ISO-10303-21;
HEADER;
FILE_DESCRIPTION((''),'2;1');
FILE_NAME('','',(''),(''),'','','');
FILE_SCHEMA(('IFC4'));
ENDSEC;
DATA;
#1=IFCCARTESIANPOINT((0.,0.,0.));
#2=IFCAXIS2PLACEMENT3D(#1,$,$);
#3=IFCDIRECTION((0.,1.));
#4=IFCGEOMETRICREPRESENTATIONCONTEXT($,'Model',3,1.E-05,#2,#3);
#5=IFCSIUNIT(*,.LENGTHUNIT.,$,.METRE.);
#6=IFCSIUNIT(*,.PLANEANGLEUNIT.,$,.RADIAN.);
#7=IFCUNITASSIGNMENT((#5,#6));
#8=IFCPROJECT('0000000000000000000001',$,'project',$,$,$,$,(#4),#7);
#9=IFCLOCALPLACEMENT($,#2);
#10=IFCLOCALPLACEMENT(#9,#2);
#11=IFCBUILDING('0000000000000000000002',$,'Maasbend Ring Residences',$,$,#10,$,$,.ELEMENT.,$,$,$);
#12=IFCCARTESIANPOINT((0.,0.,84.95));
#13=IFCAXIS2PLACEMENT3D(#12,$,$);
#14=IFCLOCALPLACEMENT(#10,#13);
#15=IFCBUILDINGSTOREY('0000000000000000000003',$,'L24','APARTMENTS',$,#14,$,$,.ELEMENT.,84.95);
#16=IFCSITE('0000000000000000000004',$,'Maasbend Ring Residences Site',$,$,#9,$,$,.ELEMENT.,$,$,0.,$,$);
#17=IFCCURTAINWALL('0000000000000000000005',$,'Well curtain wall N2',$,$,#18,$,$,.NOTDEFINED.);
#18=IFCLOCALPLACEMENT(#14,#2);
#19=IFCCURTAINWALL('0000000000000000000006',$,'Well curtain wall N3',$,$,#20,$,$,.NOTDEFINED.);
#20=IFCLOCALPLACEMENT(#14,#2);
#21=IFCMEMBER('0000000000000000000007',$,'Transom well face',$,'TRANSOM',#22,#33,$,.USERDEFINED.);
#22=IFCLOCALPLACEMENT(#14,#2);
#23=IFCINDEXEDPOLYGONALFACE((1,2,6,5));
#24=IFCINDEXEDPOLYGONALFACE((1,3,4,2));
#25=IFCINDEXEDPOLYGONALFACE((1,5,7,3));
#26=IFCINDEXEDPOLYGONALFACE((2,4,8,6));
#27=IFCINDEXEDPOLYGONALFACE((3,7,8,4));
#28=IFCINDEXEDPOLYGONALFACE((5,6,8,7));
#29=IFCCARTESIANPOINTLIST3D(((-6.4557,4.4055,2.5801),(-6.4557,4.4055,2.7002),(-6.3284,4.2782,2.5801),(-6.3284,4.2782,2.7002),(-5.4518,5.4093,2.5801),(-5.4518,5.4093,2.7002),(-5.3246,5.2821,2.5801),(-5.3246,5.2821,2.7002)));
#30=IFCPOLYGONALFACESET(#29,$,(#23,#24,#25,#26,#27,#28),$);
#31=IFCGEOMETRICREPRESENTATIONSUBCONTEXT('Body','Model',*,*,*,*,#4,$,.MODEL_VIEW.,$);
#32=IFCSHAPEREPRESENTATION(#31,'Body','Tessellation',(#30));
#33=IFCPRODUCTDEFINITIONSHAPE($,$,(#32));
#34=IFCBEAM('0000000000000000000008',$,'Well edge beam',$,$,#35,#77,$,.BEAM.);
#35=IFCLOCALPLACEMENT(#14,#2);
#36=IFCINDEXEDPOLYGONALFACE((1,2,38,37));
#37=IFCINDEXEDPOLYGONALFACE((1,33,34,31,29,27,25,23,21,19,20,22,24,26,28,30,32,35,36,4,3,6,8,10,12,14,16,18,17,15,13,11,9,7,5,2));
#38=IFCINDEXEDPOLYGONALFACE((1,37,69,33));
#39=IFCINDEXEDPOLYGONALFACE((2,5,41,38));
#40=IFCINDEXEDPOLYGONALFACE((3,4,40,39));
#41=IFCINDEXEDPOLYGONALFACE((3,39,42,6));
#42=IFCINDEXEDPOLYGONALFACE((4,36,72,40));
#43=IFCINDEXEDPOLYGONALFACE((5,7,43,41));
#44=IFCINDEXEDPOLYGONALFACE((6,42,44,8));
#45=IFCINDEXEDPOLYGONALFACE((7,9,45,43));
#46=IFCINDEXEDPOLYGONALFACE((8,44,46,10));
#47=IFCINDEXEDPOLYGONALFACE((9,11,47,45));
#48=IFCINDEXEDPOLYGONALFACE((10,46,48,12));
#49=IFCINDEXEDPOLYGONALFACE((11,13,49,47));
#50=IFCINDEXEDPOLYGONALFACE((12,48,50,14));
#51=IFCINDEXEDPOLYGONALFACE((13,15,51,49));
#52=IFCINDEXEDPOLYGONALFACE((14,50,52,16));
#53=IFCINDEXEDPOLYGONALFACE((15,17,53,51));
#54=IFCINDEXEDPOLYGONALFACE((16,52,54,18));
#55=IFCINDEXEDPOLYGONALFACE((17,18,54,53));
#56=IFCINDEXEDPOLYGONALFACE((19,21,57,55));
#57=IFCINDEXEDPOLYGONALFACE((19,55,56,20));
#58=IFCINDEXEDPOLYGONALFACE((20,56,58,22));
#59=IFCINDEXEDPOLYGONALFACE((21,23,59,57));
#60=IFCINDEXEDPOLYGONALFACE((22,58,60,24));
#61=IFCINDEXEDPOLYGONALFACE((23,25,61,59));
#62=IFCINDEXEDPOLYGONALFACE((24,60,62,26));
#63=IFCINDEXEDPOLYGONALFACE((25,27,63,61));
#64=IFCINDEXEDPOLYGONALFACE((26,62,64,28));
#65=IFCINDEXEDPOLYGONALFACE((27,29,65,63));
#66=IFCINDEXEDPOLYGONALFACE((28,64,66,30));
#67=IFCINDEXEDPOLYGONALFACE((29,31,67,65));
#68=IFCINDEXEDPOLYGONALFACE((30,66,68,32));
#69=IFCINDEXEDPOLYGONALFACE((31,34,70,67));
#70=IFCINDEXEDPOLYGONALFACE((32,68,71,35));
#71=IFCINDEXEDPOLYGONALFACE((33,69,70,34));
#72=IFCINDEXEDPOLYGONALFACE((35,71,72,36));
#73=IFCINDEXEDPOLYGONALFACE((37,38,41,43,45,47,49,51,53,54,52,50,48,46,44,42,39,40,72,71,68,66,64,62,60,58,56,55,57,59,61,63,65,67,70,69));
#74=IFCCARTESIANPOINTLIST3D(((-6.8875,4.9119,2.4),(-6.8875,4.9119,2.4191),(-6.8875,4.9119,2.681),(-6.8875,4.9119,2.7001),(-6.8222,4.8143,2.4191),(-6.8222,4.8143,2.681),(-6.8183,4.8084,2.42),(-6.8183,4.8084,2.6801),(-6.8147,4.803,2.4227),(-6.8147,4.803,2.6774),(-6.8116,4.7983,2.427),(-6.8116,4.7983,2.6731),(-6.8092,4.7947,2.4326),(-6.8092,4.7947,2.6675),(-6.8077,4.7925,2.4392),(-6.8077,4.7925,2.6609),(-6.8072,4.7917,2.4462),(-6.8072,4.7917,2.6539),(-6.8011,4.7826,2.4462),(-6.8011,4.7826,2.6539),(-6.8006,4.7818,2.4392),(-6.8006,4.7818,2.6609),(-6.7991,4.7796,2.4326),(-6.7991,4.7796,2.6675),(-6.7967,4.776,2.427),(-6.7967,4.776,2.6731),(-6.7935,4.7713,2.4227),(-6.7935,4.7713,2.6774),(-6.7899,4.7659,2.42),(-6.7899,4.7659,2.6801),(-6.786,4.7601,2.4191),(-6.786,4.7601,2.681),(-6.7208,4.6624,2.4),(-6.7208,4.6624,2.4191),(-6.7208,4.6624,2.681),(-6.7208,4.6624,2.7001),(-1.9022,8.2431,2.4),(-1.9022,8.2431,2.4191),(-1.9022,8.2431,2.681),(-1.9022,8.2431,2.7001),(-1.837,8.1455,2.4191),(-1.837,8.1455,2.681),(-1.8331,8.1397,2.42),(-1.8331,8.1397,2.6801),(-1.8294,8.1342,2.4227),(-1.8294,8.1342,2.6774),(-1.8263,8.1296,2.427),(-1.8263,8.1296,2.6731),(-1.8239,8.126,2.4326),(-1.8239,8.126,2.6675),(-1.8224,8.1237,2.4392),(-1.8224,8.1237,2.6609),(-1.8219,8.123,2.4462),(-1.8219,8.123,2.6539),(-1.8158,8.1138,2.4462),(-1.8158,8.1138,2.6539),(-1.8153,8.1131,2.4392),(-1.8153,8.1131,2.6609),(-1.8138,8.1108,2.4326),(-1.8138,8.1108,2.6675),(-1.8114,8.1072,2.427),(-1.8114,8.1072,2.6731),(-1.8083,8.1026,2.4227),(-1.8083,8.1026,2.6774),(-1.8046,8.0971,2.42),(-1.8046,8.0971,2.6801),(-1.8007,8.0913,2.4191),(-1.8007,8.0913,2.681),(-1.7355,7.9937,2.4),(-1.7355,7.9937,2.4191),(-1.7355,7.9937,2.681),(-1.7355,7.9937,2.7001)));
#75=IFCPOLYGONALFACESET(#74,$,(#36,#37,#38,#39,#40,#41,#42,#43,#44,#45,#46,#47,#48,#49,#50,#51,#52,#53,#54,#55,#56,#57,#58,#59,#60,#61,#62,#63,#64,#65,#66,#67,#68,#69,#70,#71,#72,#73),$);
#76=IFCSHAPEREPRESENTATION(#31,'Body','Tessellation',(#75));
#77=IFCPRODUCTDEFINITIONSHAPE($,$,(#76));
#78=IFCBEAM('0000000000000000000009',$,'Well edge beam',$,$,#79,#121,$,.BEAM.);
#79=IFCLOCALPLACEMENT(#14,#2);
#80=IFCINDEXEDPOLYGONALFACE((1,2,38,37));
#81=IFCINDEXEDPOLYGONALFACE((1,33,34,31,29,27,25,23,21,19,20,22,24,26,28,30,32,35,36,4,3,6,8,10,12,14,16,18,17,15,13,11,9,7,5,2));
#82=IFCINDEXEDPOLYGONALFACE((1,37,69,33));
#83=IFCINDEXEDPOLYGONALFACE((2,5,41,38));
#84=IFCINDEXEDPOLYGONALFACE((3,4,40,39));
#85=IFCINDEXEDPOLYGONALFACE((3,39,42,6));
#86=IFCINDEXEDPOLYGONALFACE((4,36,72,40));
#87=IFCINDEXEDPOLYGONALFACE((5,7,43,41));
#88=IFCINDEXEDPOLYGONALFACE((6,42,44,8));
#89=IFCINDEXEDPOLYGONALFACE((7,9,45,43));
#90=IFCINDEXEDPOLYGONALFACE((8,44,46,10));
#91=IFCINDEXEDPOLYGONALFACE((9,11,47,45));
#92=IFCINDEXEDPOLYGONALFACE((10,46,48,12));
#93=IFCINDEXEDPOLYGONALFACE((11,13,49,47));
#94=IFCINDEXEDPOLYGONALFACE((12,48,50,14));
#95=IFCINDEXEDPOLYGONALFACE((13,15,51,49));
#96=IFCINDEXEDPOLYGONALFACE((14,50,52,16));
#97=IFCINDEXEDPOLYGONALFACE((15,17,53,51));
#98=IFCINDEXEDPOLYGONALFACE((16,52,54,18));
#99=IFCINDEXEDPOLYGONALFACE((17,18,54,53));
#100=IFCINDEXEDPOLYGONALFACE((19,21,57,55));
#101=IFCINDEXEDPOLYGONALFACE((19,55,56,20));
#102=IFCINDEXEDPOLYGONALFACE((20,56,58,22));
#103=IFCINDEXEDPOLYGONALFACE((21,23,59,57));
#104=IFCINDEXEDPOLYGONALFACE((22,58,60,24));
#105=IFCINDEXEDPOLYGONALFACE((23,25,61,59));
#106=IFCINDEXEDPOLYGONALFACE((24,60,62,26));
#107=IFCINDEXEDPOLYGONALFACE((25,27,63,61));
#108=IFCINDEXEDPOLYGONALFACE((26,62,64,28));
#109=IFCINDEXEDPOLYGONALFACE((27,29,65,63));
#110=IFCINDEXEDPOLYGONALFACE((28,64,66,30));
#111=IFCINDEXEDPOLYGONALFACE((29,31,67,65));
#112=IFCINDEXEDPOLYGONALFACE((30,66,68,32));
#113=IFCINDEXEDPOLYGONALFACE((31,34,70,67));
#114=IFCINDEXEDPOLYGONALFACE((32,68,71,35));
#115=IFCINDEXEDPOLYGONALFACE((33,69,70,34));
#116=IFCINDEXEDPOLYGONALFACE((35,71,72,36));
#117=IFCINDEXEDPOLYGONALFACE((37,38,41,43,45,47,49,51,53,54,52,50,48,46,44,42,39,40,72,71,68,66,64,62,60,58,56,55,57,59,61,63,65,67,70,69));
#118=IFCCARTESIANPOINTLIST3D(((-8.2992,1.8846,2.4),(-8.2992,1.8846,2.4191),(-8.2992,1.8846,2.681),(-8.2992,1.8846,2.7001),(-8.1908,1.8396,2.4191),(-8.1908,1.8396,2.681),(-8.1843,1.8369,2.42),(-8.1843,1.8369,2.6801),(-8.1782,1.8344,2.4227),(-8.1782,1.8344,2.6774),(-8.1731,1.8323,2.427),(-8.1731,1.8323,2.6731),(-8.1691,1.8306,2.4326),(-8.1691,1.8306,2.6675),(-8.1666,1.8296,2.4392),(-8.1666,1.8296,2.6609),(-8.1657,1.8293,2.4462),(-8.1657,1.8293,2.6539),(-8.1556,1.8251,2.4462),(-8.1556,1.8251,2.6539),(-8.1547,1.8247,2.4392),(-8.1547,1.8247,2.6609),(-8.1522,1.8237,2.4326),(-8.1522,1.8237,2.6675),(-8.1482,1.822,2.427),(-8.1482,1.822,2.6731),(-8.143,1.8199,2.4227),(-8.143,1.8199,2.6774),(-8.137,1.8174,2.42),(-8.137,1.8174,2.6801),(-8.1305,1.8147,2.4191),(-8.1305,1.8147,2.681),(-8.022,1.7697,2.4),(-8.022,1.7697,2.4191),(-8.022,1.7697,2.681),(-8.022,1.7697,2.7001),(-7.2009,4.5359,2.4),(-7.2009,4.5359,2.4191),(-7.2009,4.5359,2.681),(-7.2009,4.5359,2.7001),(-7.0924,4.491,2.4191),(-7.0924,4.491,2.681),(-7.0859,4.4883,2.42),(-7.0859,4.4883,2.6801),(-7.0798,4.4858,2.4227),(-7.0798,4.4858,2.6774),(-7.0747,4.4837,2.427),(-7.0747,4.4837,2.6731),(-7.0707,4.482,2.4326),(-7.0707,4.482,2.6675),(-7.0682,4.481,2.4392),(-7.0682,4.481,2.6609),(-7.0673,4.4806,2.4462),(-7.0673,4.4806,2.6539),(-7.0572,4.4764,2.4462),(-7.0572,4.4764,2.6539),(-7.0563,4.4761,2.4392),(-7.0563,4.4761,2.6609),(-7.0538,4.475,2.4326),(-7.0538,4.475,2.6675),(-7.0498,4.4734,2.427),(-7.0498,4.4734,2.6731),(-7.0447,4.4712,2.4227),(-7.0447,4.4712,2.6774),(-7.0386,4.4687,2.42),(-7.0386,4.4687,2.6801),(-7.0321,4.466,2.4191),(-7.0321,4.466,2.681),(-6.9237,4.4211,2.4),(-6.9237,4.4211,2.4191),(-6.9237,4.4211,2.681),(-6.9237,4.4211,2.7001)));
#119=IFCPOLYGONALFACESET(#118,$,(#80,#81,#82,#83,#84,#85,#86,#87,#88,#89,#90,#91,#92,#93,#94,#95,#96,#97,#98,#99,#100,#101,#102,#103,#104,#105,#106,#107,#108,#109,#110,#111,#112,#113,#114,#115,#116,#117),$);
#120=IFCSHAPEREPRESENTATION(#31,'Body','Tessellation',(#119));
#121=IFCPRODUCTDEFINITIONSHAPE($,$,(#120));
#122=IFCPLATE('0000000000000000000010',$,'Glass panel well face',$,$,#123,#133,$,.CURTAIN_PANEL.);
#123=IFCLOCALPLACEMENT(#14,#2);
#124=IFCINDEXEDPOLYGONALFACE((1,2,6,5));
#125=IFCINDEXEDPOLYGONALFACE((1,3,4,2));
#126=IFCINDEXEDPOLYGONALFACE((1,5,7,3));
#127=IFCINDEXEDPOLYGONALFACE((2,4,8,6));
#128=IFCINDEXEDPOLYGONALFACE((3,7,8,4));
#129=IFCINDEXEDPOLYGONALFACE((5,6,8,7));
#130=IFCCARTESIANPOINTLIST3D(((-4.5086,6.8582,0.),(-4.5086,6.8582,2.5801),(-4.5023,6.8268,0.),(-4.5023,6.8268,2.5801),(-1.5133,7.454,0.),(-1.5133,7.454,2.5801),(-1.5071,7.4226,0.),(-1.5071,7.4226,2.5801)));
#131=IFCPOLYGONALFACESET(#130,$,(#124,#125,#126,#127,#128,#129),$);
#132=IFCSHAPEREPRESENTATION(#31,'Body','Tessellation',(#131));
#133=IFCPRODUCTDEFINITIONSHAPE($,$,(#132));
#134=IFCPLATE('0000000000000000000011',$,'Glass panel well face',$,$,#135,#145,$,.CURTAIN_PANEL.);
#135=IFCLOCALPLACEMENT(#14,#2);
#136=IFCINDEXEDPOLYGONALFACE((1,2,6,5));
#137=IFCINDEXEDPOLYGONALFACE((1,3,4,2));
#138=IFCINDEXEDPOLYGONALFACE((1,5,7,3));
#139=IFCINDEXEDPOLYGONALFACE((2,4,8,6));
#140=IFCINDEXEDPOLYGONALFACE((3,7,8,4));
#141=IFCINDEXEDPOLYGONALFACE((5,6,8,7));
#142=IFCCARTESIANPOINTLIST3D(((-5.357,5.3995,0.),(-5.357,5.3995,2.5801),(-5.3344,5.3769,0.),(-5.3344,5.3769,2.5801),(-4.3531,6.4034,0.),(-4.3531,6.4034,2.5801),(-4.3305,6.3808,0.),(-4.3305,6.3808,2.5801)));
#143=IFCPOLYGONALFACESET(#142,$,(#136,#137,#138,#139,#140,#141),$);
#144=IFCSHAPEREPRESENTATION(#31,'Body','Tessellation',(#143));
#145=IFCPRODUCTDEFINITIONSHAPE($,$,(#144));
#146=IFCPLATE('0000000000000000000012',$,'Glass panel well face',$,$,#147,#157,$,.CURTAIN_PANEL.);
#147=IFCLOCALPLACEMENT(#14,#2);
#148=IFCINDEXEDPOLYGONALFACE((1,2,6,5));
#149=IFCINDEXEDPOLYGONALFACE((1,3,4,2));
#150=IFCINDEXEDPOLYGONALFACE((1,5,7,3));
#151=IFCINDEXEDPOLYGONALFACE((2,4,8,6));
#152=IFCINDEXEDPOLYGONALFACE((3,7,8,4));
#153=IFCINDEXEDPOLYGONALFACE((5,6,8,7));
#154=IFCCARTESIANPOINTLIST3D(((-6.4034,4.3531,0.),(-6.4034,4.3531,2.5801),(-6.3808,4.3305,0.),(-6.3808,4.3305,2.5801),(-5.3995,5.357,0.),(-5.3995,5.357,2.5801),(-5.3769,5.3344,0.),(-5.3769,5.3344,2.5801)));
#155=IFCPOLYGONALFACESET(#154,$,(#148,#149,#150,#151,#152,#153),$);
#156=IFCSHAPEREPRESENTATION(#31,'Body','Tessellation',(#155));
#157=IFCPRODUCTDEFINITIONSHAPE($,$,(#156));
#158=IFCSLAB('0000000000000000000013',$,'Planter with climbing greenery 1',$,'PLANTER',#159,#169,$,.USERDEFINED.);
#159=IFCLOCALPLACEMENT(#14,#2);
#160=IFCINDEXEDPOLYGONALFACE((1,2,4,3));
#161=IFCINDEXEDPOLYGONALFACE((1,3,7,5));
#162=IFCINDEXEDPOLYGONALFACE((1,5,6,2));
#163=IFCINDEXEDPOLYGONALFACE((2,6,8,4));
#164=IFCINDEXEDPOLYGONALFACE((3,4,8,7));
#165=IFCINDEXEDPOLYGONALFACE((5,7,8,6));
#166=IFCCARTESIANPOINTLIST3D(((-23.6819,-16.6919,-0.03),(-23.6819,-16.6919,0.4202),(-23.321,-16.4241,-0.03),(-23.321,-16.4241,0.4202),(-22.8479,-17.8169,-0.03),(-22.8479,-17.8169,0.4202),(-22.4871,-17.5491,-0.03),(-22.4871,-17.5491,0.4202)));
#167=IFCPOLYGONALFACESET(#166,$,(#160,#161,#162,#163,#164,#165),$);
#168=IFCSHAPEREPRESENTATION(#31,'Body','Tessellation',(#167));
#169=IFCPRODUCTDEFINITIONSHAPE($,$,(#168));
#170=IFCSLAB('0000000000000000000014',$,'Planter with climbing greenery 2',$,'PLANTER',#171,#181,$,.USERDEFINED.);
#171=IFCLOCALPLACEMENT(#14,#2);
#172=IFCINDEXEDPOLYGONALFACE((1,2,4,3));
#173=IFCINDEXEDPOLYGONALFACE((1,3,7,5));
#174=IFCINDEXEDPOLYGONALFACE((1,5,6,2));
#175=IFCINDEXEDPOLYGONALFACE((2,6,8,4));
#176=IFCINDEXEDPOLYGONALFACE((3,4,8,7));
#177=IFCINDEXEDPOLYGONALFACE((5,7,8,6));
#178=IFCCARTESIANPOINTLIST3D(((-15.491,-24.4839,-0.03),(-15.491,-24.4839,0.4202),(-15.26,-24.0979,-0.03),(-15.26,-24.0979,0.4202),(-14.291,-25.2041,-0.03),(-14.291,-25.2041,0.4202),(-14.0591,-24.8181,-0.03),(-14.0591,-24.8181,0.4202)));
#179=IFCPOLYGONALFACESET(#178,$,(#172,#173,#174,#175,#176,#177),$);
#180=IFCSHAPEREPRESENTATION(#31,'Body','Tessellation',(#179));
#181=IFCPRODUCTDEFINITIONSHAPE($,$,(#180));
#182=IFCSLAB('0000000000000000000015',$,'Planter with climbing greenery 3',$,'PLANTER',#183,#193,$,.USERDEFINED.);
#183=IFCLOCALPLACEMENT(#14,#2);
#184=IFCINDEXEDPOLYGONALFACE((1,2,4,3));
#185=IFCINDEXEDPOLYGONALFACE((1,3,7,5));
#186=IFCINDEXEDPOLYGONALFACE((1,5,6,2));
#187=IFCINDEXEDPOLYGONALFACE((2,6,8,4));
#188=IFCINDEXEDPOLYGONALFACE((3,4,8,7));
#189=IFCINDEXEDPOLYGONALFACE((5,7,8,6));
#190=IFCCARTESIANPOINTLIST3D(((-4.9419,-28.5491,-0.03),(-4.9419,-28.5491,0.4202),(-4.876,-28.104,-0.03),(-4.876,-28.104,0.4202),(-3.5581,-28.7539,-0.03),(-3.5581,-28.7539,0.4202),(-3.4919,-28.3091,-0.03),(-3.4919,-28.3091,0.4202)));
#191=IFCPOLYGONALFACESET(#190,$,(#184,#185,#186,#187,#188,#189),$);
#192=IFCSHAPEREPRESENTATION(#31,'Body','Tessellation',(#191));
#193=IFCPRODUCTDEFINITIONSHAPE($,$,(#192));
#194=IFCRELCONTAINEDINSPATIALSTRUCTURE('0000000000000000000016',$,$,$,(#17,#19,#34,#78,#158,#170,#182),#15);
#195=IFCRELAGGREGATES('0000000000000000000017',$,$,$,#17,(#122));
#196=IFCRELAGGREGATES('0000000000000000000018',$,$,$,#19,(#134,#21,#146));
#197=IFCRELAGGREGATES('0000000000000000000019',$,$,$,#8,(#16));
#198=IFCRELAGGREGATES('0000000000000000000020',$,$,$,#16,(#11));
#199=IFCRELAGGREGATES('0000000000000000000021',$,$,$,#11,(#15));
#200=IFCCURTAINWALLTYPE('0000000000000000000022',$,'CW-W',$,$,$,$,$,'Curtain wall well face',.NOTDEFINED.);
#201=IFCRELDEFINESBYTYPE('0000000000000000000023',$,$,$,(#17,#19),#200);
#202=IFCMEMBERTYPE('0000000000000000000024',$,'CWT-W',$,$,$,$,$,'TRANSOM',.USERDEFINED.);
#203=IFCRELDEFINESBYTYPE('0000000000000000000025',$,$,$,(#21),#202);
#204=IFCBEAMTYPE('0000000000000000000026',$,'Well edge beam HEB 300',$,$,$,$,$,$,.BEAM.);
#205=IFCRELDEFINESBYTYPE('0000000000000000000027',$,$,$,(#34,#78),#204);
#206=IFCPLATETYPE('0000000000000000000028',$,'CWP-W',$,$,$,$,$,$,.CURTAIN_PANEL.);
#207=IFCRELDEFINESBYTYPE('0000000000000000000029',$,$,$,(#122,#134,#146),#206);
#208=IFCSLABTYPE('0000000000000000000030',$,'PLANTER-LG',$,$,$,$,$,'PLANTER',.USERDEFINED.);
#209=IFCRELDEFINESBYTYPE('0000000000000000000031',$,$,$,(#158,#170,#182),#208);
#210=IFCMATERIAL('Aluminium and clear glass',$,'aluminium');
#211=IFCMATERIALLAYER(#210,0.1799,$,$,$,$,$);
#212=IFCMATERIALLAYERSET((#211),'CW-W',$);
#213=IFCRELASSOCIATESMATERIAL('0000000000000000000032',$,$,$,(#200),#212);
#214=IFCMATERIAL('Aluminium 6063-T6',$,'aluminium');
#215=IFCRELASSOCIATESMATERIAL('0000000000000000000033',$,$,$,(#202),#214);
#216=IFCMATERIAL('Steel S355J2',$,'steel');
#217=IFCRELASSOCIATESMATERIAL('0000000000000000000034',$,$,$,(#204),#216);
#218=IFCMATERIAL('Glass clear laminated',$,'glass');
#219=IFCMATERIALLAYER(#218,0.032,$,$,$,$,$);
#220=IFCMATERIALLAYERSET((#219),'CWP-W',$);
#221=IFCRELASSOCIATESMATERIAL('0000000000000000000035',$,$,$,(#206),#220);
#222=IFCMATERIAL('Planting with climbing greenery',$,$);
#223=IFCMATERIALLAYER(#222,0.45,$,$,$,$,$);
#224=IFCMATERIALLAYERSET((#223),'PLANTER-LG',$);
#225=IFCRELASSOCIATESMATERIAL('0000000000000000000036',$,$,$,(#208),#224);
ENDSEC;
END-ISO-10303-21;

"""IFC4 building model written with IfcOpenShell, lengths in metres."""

from ifc_helpers import new_model, si_unit, direction, frame, origin, origin_2d, place, context, subcontext, project, spatial, polyline, rectangle, i_section, outline, extrude, material, layer, layer_set, material_profile, profile_set, type_object, element, aggregate, save


model = new_model("IFC4")

# Units and contexts
model_context = context("Model", 3, precision=1e-05, world=origin(), true_north=direction((0.0, 1.0)))
body_context = subcontext(model_context, "Body", "Model", "MODEL_VIEW")
ifc_project = project(units=[si_unit("LENGTHUNIT", "METRE"), si_unit("PLANEANGLEUNIT", "RADIAN")], contexts=[model_context])

# Site, building, storey
site_placement = place(None, origin())
site = spatial("IfcSite", under=ifc_project, at=site_placement, Name="Maasbend Ring Residences Site", CompositionType="ELEMENT", RefElevation=0.0)
building_placement = place(site_placement, origin())
building = spatial("IfcBuilding", under=site, at=building_placement, Name="Maasbend Ring Residences", CompositionType="ELEMENT")
storey_placement = place(building_placement, frame((0.0, 0.0, 84.95)))
storey = spatial("IfcBuildingStorey", under=building, at=storey_placement, Name="L24", Description="APARTMENTS", CompositionType="ELEMENT", Elevation=84.95)

# Curtain walls
ifc_material_1 = material(Name="Aluminium and clear glass", Category="aluminium")
ifc_layer_1 = layer(ifc_material_1, 0.1799)
ifc_layer_set_1 = layer_set([ifc_layer_1], Name="CW-W")
curtain_wall_type = type_object("IfcCurtainWallType", Name="CW-W", ElementType="Curtain wall well face", PredefinedType="NOTDEFINED", material=ifc_layer_set_1)
curtain_wall_1_placement = place(storey_placement, origin())
curtain_wall_1 = element("IfcCurtainWall", 1, at=curtain_wall_1_placement, inside=storey, type_object=curtain_wall_type, Name="Well curtain wall N2", PredefinedType="NOTDEFINED")
curtain_wall_2_placement = place(storey_placement, origin())
curtain_wall_2 = element("IfcCurtainWall", 2, at=curtain_wall_2_placement, inside=storey, type_object=curtain_wall_type, Name="Well curtain wall N3", PredefinedType="NOTDEFINED")

# Member
ifc_material_2 = material(Name="Aluminium 6063-T6", Category="aluminium")
ifc_material_profile_1 = material_profile(ifc_material_2, rectangle(XDim=0.1799, YDim=0.1201, at=origin_2d()), Name="AL 180x120")
ifc_profile_set_1 = profile_set([ifc_material_profile_1], Name="Aluminium 6063-T6")
member_type_1 = type_object("IfcMemberType", Name="CWT-W", ElementType="TRANSOM", PredefinedType="USERDEFINED", material=ifc_profile_set_1)
member_1_placement = place(storey_placement, frame((-5.3882, 5.3457, 2.6401), z_axis=(-0.707107, -0.707107, 0.0), x_axis=(0.707107, -0.707107, 0.0)))
member_1 = element("IfcMember", 3, at=member_1_placement, type_object=member_type_1, Name="Transom well face", ObjectType="TRANSOM", PredefinedType="USERDEFINED", context=body_context, shape_type="SweptSolid", body=[
    extrude(rectangle(XDim=0.1799, YDim=0.1201, at=origin_2d()), origin(), (0.0, 0.0, 1.0), 1.4197),
])

# Beams
ifc_material_3 = material(Name="Steel S355J2", Category="steel")
ifc_material_profile_2 = material_profile(ifc_material_3, i_section(OverallWidth=0.3, OverallDepth=0.3, WebThickness=0.011, FlangeThickness=0.019, FilletRadius=0.0271, at=origin_2d()), Name="HEB 300")
ifc_profile_set_2 = profile_set([ifc_material_profile_2], Name="Steel S355J2")
beam_type = type_object("IfcBeamType", Name="Well edge beam HEB 300", PredefinedType="BEAM", material=ifc_profile_set_2)
beam_1_placement = place(storey_placement, frame((-1.8188, 8.1184, 2.55), z_axis=(-0.831455, -0.555593, 0.0), x_axis=(0.555593, -0.831455, 0.0)))
element("IfcBeam", 4, at=beam_1_placement, inside=storey, type_object=beam_type, Name="Well edge beam", PredefinedType="BEAM", context=body_context, shape_type="SweptSolid", body=[
    extrude(i_section(OverallWidth=0.3, OverallDepth=0.3, WebThickness=0.011, FlangeThickness=0.019, FilletRadius=0.0271, at=origin_2d()), origin(), (0.0, 0.0, 1.0), 5.9958),
])
beam_2_placement = place(storey_placement, frame((-7.0623, 4.4785, 2.55), z_axis=(-0.38273, -0.92386, 0.0), x_axis=(0.92386, -0.38273, 0.0)))
element("IfcBeam", 5, at=beam_2_placement, inside=storey, type_object=beam_type, Name="Well edge beam", PredefinedType="BEAM", context=body_context, shape_type="SweptSolid", body=[
    extrude(i_section(OverallWidth=0.3, OverallDepth=0.3, WebThickness=0.011, FlangeThickness=0.019, FilletRadius=0.0271, at=origin_2d()), origin(), (0.0, 0.0, 1.0), 2.8699),
])

# Plates
ifc_material_4 = material(Name="Glass clear laminated", Category="glass")
ifc_layer_2 = layer(ifc_material_4, 0.032)
ifc_layer_set_2 = layer_set([ifc_layer_2], Name="CWP-W")
plate_type = type_object("IfcPlateType", Name="CWP-W", PredefinedType="CURTAIN_PANEL", material=ifc_layer_set_2)
plate_1_placement = place(storey_placement, frame((-3.0078, 7.1404, 0.0), z_axis=(0.0, 0.0, 1.0), x_axis=(-0.980785, -0.19509, 0.0)))
plate_1 = element("IfcPlate", 6, at=plate_1_placement, type_object=plate_type, Name="Glass panel well face", PredefinedType="CURTAIN_PANEL", context=body_context, shape_type="SweptSolid", body=[
    extrude(rectangle(XDim=3.054, YDim=0.032, at=origin_2d()), origin(), (0.0, 0.0, 1.0), 2.5801),
])
aggregate(curtain_wall_1, [plate_1])
plate_2_placement = place(storey_placement, frame((-4.8438, 5.8901, 0.0), z_axis=(0.0, 0.0, 1.0), x_axis=(-0.707107, -0.707107, 0.0)))
plate_2 = element("IfcPlate", 7, at=plate_2_placement, type_object=plate_type, Name="Glass panel well face", PredefinedType="CURTAIN_PANEL", context=body_context, shape_type="SweptSolid", body=[
    extrude(rectangle(XDim=1.4197, YDim=0.032, at=origin_2d()), origin(), (0.0, 0.0, 1.0), 2.5801),
])
plate_3_placement = place(storey_placement, frame((-5.8901, 4.8438, 0.0), z_axis=(0.0, 0.0, 1.0), x_axis=(-0.707107, -0.707107, 0.0)))
plate_3 = element("IfcPlate", 8, at=plate_3_placement, type_object=plate_type, Name="Glass panel well face", PredefinedType="CURTAIN_PANEL", context=body_context, shape_type="SweptSolid", body=[
    extrude(rectangle(XDim=1.4197, YDim=0.032, at=origin_2d()), origin(), (0.0, 0.0, 1.0), 2.5801),
])
aggregate(curtain_wall_2, [plate_2, member_1, plate_3])

# Slabs
ifc_material_5 = material(Name="Planting with climbing greenery")
ifc_layer_3 = layer(ifc_material_5, 0.45)
ifc_layer_set_3 = layer_set([ifc_layer_3], Name="PLANTER-LG")
slab_type_1 = type_object("IfcSlabType", Name="PLANTER-LG", ElementType="PLANTER", PredefinedType="USERDEFINED", material=ifc_layer_set_3)
slab_1_placement = place(storey_placement, frame((0.0, 0.0, -0.03)))
element("IfcSlab", 9, at=slab_1_placement, inside=storey, type_object=slab_type_1, Name="Planter with climbing greenery 1", ObjectType="PLANTER", PredefinedType="USERDEFINED", context=body_context, shape_type="SweptSolid", body=[
    extrude(outline(polyline([(-23.6819, -16.6919), (-22.8479, -17.8169), (-22.4871, -17.5491), (-23.321, -16.4241), (-23.6819, -16.6919)])), origin(), (0.0, 0.0, 1.0), 0.4502),
])
slab_2_placement = place(storey_placement, frame((0.0, 0.0, -0.03)))
element("IfcSlab", 10, at=slab_2_placement, inside=storey, type_object=slab_type_1, Name="Planter with climbing greenery 2", ObjectType="PLANTER", PredefinedType="USERDEFINED", context=body_context, shape_type="SweptSolid", body=[
    extrude(outline(polyline([(-15.491, -24.4839), (-14.291, -25.2041), (-14.0591, -24.8181), (-15.26, -24.0979), (-15.491, -24.4839)])), origin(), (0.0, 0.0, 1.0), 0.4502),
])
slab_3_placement = place(storey_placement, frame((0.0, 0.0, -0.03)))
element("IfcSlab", 11, at=slab_3_placement, inside=storey, type_object=slab_type_1, Name="Planter with climbing greenery 3", ObjectType="PLANTER", PredefinedType="USERDEFINED", context=body_context, shape_type="SweptSolid", body=[
    extrude(outline(polyline([(-4.9419, -28.5491), (-3.5581, -28.7539), (-3.4919, -28.3091), (-4.876, -28.104), (-4.9419, -28.5491)])), origin(), (0.0, 0.0, 1.0), 0.4502),
])

save(model, "model.ifc")
